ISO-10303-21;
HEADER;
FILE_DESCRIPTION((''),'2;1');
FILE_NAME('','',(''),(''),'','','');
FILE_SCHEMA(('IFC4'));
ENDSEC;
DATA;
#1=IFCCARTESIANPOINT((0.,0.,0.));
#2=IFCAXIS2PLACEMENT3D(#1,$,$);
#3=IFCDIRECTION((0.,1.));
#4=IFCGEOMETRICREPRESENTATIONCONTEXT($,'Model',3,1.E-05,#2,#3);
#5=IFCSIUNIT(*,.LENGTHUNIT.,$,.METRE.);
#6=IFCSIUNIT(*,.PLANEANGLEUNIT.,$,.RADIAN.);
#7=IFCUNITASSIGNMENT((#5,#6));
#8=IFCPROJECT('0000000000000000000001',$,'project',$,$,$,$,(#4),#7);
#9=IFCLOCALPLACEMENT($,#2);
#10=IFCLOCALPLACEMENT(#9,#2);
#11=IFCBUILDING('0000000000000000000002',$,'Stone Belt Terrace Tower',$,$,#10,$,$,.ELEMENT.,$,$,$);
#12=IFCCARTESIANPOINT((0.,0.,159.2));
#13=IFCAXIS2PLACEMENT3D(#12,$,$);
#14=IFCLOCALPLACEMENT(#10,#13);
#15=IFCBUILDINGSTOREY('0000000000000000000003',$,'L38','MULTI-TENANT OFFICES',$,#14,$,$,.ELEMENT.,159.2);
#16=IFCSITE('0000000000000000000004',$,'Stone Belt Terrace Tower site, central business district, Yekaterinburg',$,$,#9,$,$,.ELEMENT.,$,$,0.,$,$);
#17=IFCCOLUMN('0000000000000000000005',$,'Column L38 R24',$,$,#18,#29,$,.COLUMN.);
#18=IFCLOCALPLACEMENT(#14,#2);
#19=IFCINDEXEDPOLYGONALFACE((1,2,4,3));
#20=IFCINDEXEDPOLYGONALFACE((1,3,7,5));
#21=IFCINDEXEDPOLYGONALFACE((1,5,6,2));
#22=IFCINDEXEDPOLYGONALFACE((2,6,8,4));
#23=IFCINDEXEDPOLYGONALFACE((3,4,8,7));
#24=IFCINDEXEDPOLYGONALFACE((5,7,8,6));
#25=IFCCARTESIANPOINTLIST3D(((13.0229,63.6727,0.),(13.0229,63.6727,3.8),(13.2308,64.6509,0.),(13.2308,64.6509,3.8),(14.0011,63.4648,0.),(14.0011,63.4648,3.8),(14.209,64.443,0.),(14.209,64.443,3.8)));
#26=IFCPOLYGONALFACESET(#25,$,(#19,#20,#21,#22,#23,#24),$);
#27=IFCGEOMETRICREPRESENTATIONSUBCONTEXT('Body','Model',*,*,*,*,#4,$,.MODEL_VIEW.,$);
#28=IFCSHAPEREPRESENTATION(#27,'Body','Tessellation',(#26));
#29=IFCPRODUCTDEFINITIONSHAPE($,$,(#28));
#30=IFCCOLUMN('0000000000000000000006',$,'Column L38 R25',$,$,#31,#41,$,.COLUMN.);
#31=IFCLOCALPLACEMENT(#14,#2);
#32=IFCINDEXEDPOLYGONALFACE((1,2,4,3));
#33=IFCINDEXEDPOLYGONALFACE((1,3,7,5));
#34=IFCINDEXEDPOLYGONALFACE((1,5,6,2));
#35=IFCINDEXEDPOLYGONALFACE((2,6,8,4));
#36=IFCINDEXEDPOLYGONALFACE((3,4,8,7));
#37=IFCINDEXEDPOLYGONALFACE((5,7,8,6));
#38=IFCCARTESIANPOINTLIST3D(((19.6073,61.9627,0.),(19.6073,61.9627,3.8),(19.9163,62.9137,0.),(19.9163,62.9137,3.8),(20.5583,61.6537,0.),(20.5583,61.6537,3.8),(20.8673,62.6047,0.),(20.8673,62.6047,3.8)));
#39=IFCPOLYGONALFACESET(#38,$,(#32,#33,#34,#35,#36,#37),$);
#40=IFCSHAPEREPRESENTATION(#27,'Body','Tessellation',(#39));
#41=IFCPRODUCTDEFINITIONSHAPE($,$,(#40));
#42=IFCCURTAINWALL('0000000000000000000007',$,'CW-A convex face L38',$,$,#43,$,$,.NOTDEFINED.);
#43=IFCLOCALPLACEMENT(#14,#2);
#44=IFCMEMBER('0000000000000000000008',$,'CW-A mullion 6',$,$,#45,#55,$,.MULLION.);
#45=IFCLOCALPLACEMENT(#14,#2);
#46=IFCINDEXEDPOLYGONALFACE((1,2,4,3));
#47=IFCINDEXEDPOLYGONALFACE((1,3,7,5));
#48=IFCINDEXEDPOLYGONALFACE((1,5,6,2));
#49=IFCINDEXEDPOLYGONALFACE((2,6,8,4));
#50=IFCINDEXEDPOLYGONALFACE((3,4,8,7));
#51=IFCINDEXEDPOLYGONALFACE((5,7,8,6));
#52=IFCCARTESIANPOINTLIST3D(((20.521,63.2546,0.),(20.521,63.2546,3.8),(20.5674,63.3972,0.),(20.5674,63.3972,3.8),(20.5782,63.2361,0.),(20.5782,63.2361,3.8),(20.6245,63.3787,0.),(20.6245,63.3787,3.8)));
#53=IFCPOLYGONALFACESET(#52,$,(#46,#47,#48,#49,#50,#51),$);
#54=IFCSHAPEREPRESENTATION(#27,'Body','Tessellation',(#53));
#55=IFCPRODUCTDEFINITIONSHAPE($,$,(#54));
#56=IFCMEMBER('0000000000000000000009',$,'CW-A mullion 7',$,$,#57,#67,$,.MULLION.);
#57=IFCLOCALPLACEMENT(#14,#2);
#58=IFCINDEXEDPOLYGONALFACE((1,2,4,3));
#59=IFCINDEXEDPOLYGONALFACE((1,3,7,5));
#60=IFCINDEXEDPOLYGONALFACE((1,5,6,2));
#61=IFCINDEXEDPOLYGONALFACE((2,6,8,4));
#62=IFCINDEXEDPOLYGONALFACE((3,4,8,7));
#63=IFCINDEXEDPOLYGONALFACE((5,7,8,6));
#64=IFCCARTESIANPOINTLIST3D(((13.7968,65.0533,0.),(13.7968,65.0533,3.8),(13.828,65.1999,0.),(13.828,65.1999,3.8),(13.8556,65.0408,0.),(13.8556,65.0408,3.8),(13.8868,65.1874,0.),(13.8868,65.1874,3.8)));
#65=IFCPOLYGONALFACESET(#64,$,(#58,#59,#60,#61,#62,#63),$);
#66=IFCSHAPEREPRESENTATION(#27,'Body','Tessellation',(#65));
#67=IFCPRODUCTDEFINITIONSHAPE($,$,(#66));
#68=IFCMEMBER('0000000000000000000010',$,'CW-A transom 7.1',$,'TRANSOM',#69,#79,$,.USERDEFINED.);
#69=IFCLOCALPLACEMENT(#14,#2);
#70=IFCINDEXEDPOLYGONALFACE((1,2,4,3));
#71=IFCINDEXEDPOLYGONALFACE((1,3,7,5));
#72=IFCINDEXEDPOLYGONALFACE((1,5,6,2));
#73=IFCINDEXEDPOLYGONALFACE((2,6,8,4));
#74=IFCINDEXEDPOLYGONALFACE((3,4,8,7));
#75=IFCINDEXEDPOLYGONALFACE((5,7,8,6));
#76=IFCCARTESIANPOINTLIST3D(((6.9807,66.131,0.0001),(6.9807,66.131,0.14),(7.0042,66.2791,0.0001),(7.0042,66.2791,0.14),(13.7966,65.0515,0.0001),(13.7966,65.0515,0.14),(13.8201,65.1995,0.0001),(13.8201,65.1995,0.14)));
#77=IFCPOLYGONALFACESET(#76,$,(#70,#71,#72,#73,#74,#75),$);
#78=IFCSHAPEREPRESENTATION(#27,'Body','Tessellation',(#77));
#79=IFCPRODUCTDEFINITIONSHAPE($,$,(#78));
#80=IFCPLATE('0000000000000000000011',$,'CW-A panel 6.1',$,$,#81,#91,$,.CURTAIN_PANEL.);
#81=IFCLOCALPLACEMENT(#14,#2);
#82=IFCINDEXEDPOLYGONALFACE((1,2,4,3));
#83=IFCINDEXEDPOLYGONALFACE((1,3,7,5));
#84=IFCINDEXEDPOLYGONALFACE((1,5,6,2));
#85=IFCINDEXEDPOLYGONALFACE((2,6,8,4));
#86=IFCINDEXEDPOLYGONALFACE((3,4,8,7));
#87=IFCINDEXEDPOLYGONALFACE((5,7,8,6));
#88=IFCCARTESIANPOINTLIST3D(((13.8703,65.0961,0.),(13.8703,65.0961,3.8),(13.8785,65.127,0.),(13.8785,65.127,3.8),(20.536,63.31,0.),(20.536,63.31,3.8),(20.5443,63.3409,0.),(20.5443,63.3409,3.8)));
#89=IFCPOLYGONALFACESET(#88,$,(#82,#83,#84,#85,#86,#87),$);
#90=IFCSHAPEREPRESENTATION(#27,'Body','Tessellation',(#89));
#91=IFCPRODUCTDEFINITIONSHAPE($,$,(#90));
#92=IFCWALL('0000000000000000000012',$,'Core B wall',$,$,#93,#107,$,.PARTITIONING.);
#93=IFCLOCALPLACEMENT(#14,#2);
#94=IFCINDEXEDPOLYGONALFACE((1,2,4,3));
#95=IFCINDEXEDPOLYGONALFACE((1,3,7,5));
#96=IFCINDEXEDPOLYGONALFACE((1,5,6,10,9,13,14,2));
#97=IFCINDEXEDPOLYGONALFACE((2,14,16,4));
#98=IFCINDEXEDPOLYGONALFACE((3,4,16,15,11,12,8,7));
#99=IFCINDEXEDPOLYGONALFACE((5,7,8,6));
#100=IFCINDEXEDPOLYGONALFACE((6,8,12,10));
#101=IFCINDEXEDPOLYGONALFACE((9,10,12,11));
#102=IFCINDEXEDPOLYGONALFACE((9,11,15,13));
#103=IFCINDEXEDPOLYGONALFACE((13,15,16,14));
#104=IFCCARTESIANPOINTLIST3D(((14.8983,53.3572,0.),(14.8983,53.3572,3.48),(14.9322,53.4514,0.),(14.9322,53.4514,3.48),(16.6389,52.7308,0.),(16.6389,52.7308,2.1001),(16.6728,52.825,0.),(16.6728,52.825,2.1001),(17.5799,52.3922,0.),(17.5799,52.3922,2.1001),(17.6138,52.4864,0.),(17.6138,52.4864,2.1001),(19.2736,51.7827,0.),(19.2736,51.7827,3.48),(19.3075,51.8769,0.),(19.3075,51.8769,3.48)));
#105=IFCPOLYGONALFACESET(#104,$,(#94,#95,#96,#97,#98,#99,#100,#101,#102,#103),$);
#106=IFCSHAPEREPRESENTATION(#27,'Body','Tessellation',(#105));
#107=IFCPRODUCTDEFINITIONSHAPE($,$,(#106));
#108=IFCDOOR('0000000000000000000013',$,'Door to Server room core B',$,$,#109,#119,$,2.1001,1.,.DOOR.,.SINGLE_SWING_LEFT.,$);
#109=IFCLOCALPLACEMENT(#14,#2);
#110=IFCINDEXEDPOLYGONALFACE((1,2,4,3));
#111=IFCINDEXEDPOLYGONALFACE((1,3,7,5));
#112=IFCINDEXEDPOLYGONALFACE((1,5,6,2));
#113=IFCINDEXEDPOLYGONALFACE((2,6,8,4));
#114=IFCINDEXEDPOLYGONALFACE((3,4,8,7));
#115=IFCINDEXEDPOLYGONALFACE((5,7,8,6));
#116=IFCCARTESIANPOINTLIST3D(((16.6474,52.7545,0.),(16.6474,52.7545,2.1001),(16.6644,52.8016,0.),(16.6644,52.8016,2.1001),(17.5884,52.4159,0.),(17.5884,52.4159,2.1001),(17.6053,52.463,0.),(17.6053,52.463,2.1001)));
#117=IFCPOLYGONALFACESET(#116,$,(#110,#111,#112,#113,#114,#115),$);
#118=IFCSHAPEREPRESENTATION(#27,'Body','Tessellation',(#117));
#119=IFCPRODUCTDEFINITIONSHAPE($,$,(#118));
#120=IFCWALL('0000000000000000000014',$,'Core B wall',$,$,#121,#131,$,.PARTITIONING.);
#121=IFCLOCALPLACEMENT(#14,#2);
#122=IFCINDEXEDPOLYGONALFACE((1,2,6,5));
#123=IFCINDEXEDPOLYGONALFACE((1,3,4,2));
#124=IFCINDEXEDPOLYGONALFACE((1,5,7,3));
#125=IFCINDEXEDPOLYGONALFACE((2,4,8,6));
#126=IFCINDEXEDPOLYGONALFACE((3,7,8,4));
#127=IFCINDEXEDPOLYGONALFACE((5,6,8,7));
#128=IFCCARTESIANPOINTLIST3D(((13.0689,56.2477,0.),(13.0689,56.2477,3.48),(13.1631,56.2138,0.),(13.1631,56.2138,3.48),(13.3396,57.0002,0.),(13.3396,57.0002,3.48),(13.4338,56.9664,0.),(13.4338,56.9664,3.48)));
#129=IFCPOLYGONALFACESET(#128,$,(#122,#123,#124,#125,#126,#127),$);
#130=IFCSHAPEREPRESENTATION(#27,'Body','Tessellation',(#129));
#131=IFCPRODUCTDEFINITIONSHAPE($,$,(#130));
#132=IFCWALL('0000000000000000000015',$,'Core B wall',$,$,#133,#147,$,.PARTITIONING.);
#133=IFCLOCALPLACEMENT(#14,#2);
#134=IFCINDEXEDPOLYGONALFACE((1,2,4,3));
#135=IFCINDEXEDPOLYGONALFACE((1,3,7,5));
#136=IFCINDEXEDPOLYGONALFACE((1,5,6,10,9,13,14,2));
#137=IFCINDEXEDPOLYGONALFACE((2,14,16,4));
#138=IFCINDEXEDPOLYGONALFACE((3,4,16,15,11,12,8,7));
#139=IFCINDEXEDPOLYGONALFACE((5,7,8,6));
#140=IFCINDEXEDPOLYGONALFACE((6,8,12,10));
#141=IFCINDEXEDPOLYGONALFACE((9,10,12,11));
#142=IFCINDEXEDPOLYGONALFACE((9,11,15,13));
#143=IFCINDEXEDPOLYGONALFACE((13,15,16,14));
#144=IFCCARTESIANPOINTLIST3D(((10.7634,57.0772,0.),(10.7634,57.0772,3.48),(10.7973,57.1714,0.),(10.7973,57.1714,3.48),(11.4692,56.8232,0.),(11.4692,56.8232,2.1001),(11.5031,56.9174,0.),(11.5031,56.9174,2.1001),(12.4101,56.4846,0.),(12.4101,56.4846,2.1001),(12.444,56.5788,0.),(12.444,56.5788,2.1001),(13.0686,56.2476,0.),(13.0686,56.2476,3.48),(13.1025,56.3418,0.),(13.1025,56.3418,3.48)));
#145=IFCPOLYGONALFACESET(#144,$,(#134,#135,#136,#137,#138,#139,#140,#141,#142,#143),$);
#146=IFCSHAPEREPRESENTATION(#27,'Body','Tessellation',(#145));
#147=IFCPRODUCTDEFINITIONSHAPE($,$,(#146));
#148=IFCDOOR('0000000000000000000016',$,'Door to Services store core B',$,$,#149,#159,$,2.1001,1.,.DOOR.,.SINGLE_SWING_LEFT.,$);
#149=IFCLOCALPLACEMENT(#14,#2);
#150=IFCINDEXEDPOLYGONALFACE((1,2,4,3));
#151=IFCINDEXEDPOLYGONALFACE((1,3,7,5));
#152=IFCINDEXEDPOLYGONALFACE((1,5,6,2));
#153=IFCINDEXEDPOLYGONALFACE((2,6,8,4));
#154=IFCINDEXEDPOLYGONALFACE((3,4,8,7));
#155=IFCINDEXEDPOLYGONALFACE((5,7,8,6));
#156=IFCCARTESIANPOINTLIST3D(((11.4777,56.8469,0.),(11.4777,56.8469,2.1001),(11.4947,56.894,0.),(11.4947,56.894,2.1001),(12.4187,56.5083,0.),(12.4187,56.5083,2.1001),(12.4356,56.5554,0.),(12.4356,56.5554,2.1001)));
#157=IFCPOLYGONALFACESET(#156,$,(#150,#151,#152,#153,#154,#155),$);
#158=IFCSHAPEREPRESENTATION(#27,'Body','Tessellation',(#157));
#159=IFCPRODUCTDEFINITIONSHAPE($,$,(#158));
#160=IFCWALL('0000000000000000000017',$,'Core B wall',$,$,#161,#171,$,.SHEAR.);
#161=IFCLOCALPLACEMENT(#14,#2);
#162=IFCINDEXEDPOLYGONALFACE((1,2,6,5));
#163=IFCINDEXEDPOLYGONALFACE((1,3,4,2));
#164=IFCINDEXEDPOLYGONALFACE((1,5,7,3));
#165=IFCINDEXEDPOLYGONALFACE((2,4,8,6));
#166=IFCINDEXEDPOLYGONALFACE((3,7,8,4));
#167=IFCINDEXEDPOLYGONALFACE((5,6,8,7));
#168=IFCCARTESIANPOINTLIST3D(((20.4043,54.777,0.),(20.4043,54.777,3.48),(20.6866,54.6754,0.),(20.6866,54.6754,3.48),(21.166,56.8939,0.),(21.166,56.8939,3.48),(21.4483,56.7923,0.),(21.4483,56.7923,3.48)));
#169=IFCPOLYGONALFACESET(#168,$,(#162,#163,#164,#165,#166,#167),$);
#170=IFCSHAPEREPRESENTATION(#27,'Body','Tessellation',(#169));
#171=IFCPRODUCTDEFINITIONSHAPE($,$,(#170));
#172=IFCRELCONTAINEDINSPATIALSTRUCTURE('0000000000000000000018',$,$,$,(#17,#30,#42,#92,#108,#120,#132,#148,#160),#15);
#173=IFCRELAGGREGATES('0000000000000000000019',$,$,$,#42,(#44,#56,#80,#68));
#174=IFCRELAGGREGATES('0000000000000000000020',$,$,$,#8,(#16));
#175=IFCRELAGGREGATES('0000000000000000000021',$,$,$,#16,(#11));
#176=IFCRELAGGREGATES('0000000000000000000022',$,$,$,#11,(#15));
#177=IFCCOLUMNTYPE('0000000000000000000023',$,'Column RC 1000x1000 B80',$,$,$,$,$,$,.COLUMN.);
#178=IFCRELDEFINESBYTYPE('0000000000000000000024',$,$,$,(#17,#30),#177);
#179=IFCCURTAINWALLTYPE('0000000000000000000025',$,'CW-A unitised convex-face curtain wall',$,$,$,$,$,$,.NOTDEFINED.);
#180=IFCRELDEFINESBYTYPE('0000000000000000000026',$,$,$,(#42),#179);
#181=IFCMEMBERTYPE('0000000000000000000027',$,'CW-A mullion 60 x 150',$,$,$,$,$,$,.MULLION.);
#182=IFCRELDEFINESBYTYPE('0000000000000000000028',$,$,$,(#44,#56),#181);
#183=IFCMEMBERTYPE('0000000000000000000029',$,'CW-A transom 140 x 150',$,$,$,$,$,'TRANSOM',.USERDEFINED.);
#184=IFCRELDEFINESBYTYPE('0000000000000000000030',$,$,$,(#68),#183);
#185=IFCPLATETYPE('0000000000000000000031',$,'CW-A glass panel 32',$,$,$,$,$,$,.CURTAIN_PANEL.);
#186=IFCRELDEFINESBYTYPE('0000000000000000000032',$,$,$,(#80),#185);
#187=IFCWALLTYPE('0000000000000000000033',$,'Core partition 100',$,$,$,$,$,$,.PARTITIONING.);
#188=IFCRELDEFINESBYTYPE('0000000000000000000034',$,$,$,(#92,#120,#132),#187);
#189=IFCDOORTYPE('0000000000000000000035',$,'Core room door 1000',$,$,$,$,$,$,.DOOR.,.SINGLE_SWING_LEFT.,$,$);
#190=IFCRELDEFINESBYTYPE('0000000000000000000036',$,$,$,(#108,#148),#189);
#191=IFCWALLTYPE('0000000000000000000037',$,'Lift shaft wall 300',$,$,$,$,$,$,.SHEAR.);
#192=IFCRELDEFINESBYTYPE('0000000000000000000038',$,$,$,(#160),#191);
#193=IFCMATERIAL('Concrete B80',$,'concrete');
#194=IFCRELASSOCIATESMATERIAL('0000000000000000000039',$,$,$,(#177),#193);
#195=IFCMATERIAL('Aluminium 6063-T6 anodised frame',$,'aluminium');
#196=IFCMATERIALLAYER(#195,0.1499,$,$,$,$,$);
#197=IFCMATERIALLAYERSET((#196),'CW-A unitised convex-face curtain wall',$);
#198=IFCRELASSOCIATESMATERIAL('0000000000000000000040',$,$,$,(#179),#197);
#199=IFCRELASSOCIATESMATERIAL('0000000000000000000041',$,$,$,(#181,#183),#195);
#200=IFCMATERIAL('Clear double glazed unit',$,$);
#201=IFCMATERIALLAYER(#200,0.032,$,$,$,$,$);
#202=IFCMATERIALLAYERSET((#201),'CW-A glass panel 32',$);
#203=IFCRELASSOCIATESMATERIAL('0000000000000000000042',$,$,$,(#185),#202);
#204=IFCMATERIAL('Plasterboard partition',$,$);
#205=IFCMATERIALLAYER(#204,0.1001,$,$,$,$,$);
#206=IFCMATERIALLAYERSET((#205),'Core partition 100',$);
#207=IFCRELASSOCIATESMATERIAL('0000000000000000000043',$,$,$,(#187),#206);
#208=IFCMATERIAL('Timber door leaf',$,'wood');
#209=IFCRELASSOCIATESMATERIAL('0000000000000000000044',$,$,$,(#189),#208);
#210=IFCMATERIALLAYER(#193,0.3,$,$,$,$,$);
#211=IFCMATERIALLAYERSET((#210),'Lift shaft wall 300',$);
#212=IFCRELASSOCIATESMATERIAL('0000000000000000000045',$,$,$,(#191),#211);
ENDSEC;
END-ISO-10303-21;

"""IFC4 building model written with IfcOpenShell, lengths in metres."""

from ifc_helpers import new_model, si_unit, direction, frame, frame_2d, origin, origin_2d, place, context, subcontext, project, spatial, rectangle, extrude, material, layer, layer_set, material_profile, profile_set, type_object, element, fill, aggregate, save


model = new_model("IFC4")

# Units and contexts
model_context = context("Model", 3, precision=1e-05, world=origin(), true_north=direction((0.0, 1.0)))
body_context = subcontext(model_context, "Body", "Model", "MODEL_VIEW")
ifc_project = project(units=[si_unit("LENGTHUNIT", "METRE"), si_unit("PLANEANGLEUNIT", "RADIAN")], contexts=[model_context])

# Site, building, storey
site_placement = place(None, origin())
site = spatial("IfcSite", under=ifc_project, at=site_placement, Name="Stone Belt Terrace Tower site, central business district, Yekaterinburg", CompositionType="ELEMENT", RefElevation=0.0)
building_placement = place(site_placement, origin())
building = spatial("IfcBuilding", under=site, at=building_placement, Name="Stone Belt Terrace Tower", CompositionType="ELEMENT")
storey_placement = place(building_placement, frame((0.0, 0.0, 159.2)))
storey = spatial("IfcBuildingStorey", under=building, at=storey_placement, Name="L38", Description="MULTI-TENANT OFFICES", CompositionType="ELEMENT", Elevation=159.2)

# Columns
ifc_material_1 = material(Name="Concrete B80", Category="concrete")
ifc_material_profile_1 = material_profile(ifc_material_1, rectangle(XDim=1.0, YDim=1.0, at=origin_2d()), Name="RC 1000x1000")
ifc_profile_set_1 = profile_set([ifc_material_profile_1], Name="Concrete B80")
column_type = type_object("IfcColumnType", Name="Column RC 1000x1000 B80", PredefinedType="COLUMN", material=ifc_profile_set_1)
for number, where, z_axis, x_axis, name in (
    (1, (13.616, 64.0579, 0.0), (0.0, 0.0, 1.0), (0.978148, -0.207912, 0.0), "Column L38 R24"),
    (2, (20.2373, 62.2837, 0.0), (0.0, 0.0, 1.0), (0.951057, -0.309017, 0.0), "Column L38 R25"),
):
    element("IfcColumn", number, at=place(storey_placement, frame(where, z_axis=z_axis, x_axis=x_axis)), inside=storey, type_object=column_type, Name=name, PredefinedType="COLUMN", context=body_context, shape_type="SweptSolid", body=[
        extrude(rectangle(XDim=1.0, YDim=1.0, at=origin_2d()), origin(), (0.0, 0.0, 1.0), 3.8),
    ])

# Curtain wall, members, plate
ifc_material_2 = material(Name="Aluminium 6063-T6 anodised frame", Category="aluminium")
ifc_layer_1 = layer(ifc_material_2, 0.1499)
ifc_layer_set_1 = layer_set([ifc_layer_1], Name="CW-A unitised convex-face curtain wall")
curtain_wall_type = type_object("IfcCurtainWallType", Name="CW-A unitised convex-face curtain wall", PredefinedType="NOTDEFINED", material=ifc_layer_set_1)
curtain_wall_placement = place(storey_placement, origin())
curtain_wall = element("IfcCurtainWall", 3, at=curtain_wall_placement, inside=storey, type_object=curtain_wall_type, Name="CW-A convex face L38", PredefinedType="NOTDEFINED")
ifc_material_profile_2 = material_profile(ifc_material_2, rectangle(XDim=0.1499, YDim=0.0601, at=origin_2d()), Name="Aluminium 6063-T6 60x150")
ifc_profile_set_2 = profile_set([ifc_material_profile_2], Name="Aluminium 6063-T6 anodised frame")
member_type_1 = type_object("IfcMemberType", Name="CW-A mullion 60 x 150", PredefinedType="MULLION", material=ifc_profile_set_2)
member_1_placement = place(storey_placement, frame((20.5728, 63.3167, 0.0), z_axis=(0.0, 0.0, 1.0), x_axis=(-0.309017, -0.951057, 0.0)))
member_1 = element("IfcMember", 4, at=member_1_placement, type_object=member_type_1, Name="CW-A mullion 6", PredefinedType="MULLION", context=body_context, shape_type="SweptSolid", body=[
    extrude(rectangle(XDim=0.1499, YDim=0.0601, at=origin_2d()), origin(), (0.0, 0.0, 1.0), 3.8),
])
member_2_placement = place(storey_placement, frame((13.8418, 65.1204, 0.0), z_axis=(0.0, 0.0, 1.0), x_axis=(-0.207912, -0.978148, 0.0)))
member_2 = element("IfcMember", 5, at=member_2_placement, type_object=member_type_1, Name="CW-A mullion 7", PredefinedType="MULLION", context=body_context, shape_type="SweptSolid", body=[
    extrude(rectangle(XDim=0.1499, YDim=0.0601, at=origin_2d()), origin(), (0.0, 0.0, 1.0), 3.8),
])
ifc_material_profile_3 = material_profile(ifc_material_2, rectangle(XDim=0.1499, YDim=0.1399, at=origin_2d()), Name="Aluminium 6063-T6 150x140")
ifc_profile_set_3 = profile_set([ifc_material_profile_3], Name="Aluminium 6063-T6 anodised frame")
member_type_2 = type_object("IfcMemberType", Name="CW-A transom 140 x 150", ElementType="TRANSOM", PredefinedType="USERDEFINED", material=ifc_profile_set_3)
member_3_placement = place(storey_placement, frame((13.8083, 65.1255, 0.0701), z_axis=(-0.987687, 0.156442, 0.0), x_axis=(-0.156442, -0.987687, 0.0)))
member_3 = element("IfcMember", 6, at=member_3_placement, type_object=member_type_2, Name="CW-A transom 7.1", ObjectType="TRANSOM", PredefinedType="USERDEFINED", context=body_context, shape_type="SweptSolid", body=[
    extrude(rectangle(XDim=0.1499, YDim=0.1399, at=origin_2d()), origin(), (0.0, 0.0, 1.0), 6.9009),
])
ifc_material_3 = material(Name="Clear double glazed unit")
ifc_layer_2 = layer(ifc_material_3, 0.032)
ifc_layer_set_2 = layer_set([ifc_layer_2], Name="CW-A glass panel 32")
plate_type = type_object("IfcPlateType", Name="CW-A glass panel 32", PredefinedType="CURTAIN_PANEL", material=ifc_layer_set_2)
plate_placement = place(storey_placement, frame((17.2073, 64.2185, 0.0), z_axis=(0.0, 0.0, 1.0), x_axis=(-0.965926, 0.258819, 0.0)))
plate = element("IfcPlate", 7, at=plate_placement, type_object=plate_type, Name="CW-A panel 6.1", PredefinedType="CURTAIN_PANEL", context=body_context, shape_type="SweptSolid", body=[
    extrude(rectangle(XDim=6.9009, YDim=0.032, at=origin_2d()), origin(), (0.0, 0.0, 1.0), 3.8),
])
aggregate(curtain_wall, [member_1, member_2, plate, member_3])

# Wall, opening, door
ifc_material_4 = material(Name="Plasterboard partition")
ifc_layer_3 = layer(ifc_material_4, 0.1001)
ifc_layer_set_3 = layer_set([ifc_layer_3], Name="Core partition 100")
wall_type_1 = type_object("IfcWallType", Name="Core partition 100", PredefinedType="PARTITIONING", material=ifc_layer_set_3)
wall_1_placement = place(storey_placement, frame((19.2905, 51.8298, 0.0), z_axis=(0.0, 0.0, 1.0), x_axis=(-0.94093, 0.3386, 0.0)))
wall_1 = element("IfcWall", 8, at=wall_1_placement, inside=storey, type_object=wall_type_1, Name="Core B wall", PredefinedType="PARTITIONING", context=body_context, shape_type="SweptSolid", body=[
    extrude(rectangle(XDim=4.6499, YDim=0.1001, at=frame_2d((2.325, 0.0))), origin(), (0.0, 0.0, 1.0), 3.48),
])
opening_1_placement = place(wall_1_placement, frame((1.8, 0.0, 0.0)))
opening_1 = element("IfcOpeningElement", 9, at=opening_1_placement, cuts=wall_1, PredefinedType="OPENING", context=body_context, shape_type="SweptSolid", body=[
    extrude(rectangle(XDim=1.0, YDim=2.1001, at=frame_2d((0.5, 1.05))), frame((0.0, 0.0601, 0.0), z_axis=(0.0, -1.0, 0.0), x_axis=(1.0, 0.0, 0.0)), (0.0, 0.0, 1.0), 0.1201),
])
ifc_material_5 = material(Name="Timber door leaf", Category="wood")
door_type_1 = type_object("IfcDoorType", Name="Core room door 1000", OperationType="SINGLE_SWING_LEFT", PredefinedType="DOOR", material=ifc_material_5)
door_1_placement = place(opening_1_placement, origin())
door_1 = element("IfcDoor", 10, at=door_1_placement, inside=storey, type_object=door_type_1, Name="Door to Server room core B", OperationType="SINGLE_SWING_LEFT", OverallHeight=2.1001, OverallWidth=1.0, PredefinedType="DOOR", context=body_context, shape_type="SweptSolid", body=[
    extrude(rectangle(XDim=1.0, YDim=2.1001, at=frame_2d((0.5, 1.05))), frame((0.0, 0.0249, 0.0), z_axis=(0.0, -1.0, 0.0), x_axis=(1.0, 0.0, 0.0)), (0.0, 0.0, 1.0), 0.05),
])
fill(opening_1, door_1)

# Wall
wall_2_placement = place(storey_placement, frame((13.116, 56.2307, 0.0), z_axis=(0.0, 0.0, 1.0), x_axis=(0.338482, 0.940973, 0.0)))
element("IfcWall", 11, at=wall_2_placement, inside=storey, type_object=wall_type_1, Name="Core B wall", PredefinedType="PARTITIONING", context=body_context, shape_type="SweptSolid", body=[
    extrude(rectangle(XDim=0.7998, YDim=0.1001, at=frame_2d((0.3999, 0.0))), origin(), (0.0, 0.0, 1.0), 3.48),
])

# Wall, opening, door
wall_3_placement = place(storey_placement, frame((13.0857, 56.2947, 0.0), z_axis=(0.0, 0.0, 1.0), x_axis=(-0.940923, 0.338621, 0.0)))
wall_3 = element("IfcWall", 12, at=wall_3_placement, inside=storey, type_object=wall_type_1, Name="Core B wall", PredefinedType="PARTITIONING", context=body_context, shape_type="SweptSolid", body=[
    extrude(rectangle(XDim=2.45, YDim=0.1001, at=frame_2d((1.2251, 0.0))), origin(), (0.0, 0.0, 1.0), 3.48),
])
opening_2_placement = place(wall_3_placement, frame((0.7, 0.0, 0.0)))
opening_2 = element("IfcOpeningElement", 13, at=opening_2_placement, cuts=wall_3, PredefinedType="OPENING", context=body_context, shape_type="SweptSolid", body=[
    extrude(rectangle(XDim=1.0, YDim=2.1001, at=frame_2d((0.5, 1.05))), frame((0.0, 0.0601, 0.0), z_axis=(0.0, -1.0, 0.0), x_axis=(1.0, 0.0, 0.0)), (0.0, 0.0, 1.0), 0.1201),
])
door_2_placement = place(opening_2_placement, origin())
door_2 = element("IfcDoor", 14, at=door_2_placement, inside=storey, type_object=door_type_1, Name="Door to Services store core B", OperationType="SINGLE_SWING_LEFT", OverallHeight=2.1001, OverallWidth=1.0, PredefinedType="DOOR", context=body_context, shape_type="SweptSolid", body=[
    extrude(rectangle(XDim=1.0, YDim=2.1001, at=frame_2d((0.5, 1.05))), frame((0.0, 0.0249, 0.0), z_axis=(0.0, -1.0, 0.0), x_axis=(1.0, 0.0, 0.0)), (0.0, 0.0, 1.0), 0.05),
])
fill(opening_2, door_2)

# Wall
ifc_layer_4 = layer(ifc_material_1, 0.3)
ifc_layer_set_4 = layer_set([ifc_layer_4], Name="Lift shaft wall 300")
wall_type_2 = type_object("IfcWallType", Name="Lift shaft wall 300", PredefinedType="SHEAR", material=ifc_layer_set_4)
wall_4_placement = place(storey_placement, frame((20.5454, 54.7261, 0.0), z_axis=(0.0, 0.0, 1.0), x_axis=(0.33857, 0.940941, 0.0)))
element("IfcWall", 15, at=wall_4_placement, inside=storey, type_object=wall_type_2, Name="Core B wall", PredefinedType="SHEAR", context=body_context, shape_type="SweptSolid", body=[
    extrude(rectangle(XDim=2.2498, YDim=0.3, at=frame_2d((1.125, 0.0))), origin(), (0.0, 0.0, 1.0), 3.48),
])

save(model, "model.ifc")
